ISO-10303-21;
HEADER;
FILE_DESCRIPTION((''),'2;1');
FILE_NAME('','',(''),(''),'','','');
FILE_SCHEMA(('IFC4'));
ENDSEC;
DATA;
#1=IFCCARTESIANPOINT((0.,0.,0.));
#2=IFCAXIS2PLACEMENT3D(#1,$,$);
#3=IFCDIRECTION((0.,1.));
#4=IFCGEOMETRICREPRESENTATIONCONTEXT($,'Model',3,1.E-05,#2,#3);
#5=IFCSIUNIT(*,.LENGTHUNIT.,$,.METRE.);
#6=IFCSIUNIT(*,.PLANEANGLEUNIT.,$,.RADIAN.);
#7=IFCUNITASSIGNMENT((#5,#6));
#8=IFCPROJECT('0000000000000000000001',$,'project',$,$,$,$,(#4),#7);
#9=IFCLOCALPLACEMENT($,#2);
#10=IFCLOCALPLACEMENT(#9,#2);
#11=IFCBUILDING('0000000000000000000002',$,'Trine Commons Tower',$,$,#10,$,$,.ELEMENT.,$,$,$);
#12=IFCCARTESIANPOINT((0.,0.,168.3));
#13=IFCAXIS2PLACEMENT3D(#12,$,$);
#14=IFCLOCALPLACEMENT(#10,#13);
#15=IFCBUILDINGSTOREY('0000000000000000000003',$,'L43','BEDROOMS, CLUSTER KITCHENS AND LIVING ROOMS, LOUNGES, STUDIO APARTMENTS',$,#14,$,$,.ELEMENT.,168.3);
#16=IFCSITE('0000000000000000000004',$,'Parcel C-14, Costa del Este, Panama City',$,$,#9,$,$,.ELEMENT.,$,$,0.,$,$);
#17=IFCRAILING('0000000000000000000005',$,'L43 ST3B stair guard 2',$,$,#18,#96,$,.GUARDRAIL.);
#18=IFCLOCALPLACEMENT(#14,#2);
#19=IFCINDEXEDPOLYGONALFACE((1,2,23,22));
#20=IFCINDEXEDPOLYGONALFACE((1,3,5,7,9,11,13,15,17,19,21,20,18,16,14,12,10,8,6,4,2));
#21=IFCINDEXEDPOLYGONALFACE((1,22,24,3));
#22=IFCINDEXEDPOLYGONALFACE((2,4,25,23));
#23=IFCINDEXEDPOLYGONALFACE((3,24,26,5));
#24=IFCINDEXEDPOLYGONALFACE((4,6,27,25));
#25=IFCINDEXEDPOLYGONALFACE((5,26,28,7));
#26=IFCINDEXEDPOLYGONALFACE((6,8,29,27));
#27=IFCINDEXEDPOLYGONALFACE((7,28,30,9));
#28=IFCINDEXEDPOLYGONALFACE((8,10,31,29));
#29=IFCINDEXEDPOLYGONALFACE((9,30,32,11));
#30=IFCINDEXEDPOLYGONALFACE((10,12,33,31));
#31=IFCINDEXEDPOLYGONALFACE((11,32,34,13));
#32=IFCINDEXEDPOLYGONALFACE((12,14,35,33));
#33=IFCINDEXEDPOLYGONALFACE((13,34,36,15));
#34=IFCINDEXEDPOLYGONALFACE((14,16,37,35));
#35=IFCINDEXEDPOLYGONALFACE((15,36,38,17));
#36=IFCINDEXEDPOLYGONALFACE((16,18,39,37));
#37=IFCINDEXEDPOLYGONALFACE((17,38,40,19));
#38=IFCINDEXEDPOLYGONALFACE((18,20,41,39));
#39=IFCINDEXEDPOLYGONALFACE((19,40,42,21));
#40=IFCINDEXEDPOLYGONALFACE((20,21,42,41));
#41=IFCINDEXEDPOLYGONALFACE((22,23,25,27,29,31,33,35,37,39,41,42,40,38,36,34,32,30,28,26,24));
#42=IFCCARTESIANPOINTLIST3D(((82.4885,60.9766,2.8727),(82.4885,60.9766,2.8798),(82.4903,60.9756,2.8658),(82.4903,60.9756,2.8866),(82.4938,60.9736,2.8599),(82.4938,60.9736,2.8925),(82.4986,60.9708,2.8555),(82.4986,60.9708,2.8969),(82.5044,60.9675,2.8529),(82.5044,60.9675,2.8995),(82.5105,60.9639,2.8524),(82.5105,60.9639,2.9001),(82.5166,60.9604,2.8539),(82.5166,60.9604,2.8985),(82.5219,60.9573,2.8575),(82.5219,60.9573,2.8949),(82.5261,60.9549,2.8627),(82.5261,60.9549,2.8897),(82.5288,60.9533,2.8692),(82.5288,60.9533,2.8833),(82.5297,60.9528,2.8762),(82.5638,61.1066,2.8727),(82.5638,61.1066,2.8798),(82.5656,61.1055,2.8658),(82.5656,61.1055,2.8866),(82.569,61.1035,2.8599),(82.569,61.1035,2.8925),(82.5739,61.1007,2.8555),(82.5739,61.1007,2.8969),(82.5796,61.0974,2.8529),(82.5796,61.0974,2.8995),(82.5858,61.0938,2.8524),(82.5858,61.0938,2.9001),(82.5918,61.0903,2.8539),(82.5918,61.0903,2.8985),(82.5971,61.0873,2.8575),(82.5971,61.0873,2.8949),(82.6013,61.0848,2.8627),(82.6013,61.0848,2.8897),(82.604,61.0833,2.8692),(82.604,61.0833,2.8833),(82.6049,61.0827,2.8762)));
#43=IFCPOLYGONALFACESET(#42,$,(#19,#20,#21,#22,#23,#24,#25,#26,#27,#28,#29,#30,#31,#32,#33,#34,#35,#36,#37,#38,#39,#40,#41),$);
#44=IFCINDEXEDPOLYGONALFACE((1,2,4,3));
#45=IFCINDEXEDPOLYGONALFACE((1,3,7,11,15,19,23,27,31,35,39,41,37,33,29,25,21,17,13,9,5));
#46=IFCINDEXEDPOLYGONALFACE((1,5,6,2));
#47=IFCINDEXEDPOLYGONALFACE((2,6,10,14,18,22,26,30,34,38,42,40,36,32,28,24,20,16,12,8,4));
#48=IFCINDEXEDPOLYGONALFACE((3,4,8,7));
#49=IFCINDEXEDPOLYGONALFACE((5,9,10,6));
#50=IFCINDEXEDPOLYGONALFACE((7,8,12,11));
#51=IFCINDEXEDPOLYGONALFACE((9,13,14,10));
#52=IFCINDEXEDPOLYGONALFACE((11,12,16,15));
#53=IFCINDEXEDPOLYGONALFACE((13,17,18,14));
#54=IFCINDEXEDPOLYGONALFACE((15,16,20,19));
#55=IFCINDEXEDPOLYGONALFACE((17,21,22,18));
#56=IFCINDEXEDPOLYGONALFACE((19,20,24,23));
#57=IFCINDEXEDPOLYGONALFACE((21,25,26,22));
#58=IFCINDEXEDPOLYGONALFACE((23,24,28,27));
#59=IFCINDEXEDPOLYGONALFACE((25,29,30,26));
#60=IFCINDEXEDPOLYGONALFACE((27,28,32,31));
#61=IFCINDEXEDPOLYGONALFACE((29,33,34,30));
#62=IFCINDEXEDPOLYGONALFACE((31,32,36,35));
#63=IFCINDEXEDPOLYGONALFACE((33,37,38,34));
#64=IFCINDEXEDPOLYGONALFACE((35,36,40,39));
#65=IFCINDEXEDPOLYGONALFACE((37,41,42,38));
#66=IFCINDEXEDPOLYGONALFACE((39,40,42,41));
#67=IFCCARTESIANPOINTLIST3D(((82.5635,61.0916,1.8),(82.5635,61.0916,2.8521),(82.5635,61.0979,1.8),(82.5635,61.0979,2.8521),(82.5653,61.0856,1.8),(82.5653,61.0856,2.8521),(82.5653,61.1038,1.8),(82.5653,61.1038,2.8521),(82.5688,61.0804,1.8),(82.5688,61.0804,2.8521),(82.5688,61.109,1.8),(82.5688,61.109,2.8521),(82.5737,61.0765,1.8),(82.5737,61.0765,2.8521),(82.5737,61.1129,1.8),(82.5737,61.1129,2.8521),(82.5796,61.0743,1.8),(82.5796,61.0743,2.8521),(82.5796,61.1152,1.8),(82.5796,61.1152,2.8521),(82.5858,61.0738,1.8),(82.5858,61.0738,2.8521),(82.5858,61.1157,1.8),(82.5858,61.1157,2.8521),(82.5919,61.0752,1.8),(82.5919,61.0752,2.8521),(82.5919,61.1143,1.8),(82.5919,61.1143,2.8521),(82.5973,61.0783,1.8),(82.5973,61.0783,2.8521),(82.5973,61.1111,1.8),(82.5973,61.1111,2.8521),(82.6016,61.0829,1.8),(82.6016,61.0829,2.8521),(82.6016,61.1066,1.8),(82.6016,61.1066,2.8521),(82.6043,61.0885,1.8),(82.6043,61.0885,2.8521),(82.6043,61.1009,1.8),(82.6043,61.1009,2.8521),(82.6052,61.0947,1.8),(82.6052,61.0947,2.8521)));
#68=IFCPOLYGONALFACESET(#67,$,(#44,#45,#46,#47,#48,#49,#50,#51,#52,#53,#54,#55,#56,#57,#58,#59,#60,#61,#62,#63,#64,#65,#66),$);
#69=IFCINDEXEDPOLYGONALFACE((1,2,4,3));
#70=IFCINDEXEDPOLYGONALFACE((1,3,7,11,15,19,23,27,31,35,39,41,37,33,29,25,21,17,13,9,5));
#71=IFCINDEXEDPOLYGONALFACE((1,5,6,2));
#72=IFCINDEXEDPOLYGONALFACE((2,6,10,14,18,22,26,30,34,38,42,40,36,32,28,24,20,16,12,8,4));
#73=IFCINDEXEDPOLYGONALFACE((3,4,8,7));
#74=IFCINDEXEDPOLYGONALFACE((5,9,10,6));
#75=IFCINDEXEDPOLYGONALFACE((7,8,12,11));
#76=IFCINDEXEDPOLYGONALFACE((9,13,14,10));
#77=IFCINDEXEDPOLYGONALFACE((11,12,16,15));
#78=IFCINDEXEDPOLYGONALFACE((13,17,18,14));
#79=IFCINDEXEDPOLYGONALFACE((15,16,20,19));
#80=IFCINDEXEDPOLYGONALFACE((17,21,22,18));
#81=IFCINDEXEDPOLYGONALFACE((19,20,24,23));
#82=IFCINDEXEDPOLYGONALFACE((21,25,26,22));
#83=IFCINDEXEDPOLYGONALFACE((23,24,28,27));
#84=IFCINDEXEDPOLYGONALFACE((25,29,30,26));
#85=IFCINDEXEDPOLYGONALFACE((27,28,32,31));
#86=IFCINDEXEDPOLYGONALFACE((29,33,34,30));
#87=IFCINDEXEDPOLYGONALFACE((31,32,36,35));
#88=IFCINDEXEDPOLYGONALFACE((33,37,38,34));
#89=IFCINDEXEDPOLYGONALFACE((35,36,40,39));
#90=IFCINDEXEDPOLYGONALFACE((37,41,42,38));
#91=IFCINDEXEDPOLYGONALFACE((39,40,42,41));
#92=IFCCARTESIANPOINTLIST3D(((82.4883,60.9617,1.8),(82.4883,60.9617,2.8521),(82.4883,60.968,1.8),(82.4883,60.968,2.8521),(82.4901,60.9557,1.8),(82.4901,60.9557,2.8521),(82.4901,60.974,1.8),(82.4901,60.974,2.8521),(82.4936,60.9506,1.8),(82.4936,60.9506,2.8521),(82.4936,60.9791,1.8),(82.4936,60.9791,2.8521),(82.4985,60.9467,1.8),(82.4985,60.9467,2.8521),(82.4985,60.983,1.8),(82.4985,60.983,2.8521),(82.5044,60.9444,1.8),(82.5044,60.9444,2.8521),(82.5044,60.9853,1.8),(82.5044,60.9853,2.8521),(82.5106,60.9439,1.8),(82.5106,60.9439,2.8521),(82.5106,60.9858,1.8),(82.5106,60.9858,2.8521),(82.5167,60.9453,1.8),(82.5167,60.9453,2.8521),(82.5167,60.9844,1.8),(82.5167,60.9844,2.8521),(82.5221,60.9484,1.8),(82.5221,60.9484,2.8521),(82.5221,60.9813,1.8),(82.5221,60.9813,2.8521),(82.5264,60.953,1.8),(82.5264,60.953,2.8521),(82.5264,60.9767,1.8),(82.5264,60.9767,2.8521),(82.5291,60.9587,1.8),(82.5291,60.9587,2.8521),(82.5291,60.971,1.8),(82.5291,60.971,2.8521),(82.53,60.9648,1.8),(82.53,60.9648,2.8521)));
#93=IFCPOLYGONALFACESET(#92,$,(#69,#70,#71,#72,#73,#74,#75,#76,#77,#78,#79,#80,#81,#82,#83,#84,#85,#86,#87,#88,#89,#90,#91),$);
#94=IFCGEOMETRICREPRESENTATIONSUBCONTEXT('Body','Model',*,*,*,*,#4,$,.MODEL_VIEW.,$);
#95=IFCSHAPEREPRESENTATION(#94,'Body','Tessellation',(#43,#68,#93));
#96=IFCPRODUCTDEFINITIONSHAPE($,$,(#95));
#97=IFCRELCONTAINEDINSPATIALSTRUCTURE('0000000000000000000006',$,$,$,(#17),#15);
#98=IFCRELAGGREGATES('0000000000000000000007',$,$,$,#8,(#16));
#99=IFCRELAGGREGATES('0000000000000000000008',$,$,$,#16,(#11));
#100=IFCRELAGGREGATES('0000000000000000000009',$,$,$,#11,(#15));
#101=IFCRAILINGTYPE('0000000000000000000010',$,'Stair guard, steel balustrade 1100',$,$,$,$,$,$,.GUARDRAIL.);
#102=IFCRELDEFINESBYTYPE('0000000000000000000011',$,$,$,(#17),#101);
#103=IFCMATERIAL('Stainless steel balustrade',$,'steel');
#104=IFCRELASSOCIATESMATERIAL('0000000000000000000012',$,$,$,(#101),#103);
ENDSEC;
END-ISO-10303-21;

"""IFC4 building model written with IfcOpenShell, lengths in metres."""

from ifc_helpers import new_model, si_unit, direction, frame, origin, origin_2d, place, context, subcontext, project, spatial, circle, extrude, material, type_object, element, save


model = new_model("IFC4")

# Units and contexts
model_context = context("Model", 3, precision=1e-05, world=origin(), true_north=direction((0.0, 1.0)))
body_context = subcontext(model_context, "Body", "Model", "MODEL_VIEW")
ifc_project = project(units=[si_unit("LENGTHUNIT", "METRE"), si_unit("PLANEANGLEUNIT", "RADIAN")], contexts=[model_context])

# Site, building, storey
site_placement = place(None, origin())
site = spatial("IfcSite", under=ifc_project, at=site_placement, Name="Parcel C-14, Costa del Este, Panama City", CompositionType="ELEMENT", RefElevation=0.0)
building_placement = place(site_placement, origin())
building = spatial("IfcBuilding", under=site, at=building_placement, Name="Trine Commons Tower", CompositionType="ELEMENT")
storey_placement = place(building_placement, frame((0.0, 0.0, 168.3)))
storey = spatial("IfcBuildingStorey", under=building, at=storey_placement, Name="L43", Description="BEDROOMS, CLUSTER KITCHENS AND LIVING ROOMS, LOUNGES, STUDIO APARTMENTS", CompositionType="ELEMENT", Elevation=168.3)

# Railing
ifc_material_1 = material(Name="Stainless steel balustrade", Category="steel")
railing_type_1 = type_object("IfcRailingType", Name="Stair guard, steel balustrade 1100", PredefinedType="GUARDRAIL", material=ifc_material_1)
railing_1_placement = place(storey_placement, frame((82.5842, 61.0947, 1.8)))
element("IfcRailing", 1, at=railing_1_placement, inside=storey, type_object=railing_type_1, Name="L43 ST3B stair guard 2", PredefinedType="GUARDRAIL", context=body_context, shape_type="SweptSolid", body=[
    extrude(circle(Radius=0.0239, at=origin_2d()), frame((0.0, 0.0, 1.0762), z_axis=(-0.501036, -0.865426, 0.0), x_axis=(0.865426, -0.501036, 0.0)), (0.0, 0.0, 1.0), 0.1501),
    extrude(circle(Radius=0.021, at=origin_2d()), origin(), (0.0, 0.0, 1.0), 1.052),
    extrude(circle(Radius=0.021, at=origin_2d()), frame((-0.0752, -0.1299, 0.0)), (0.0, 0.0, 1.0), 1.052),
])

save(model, "model.ifc")
